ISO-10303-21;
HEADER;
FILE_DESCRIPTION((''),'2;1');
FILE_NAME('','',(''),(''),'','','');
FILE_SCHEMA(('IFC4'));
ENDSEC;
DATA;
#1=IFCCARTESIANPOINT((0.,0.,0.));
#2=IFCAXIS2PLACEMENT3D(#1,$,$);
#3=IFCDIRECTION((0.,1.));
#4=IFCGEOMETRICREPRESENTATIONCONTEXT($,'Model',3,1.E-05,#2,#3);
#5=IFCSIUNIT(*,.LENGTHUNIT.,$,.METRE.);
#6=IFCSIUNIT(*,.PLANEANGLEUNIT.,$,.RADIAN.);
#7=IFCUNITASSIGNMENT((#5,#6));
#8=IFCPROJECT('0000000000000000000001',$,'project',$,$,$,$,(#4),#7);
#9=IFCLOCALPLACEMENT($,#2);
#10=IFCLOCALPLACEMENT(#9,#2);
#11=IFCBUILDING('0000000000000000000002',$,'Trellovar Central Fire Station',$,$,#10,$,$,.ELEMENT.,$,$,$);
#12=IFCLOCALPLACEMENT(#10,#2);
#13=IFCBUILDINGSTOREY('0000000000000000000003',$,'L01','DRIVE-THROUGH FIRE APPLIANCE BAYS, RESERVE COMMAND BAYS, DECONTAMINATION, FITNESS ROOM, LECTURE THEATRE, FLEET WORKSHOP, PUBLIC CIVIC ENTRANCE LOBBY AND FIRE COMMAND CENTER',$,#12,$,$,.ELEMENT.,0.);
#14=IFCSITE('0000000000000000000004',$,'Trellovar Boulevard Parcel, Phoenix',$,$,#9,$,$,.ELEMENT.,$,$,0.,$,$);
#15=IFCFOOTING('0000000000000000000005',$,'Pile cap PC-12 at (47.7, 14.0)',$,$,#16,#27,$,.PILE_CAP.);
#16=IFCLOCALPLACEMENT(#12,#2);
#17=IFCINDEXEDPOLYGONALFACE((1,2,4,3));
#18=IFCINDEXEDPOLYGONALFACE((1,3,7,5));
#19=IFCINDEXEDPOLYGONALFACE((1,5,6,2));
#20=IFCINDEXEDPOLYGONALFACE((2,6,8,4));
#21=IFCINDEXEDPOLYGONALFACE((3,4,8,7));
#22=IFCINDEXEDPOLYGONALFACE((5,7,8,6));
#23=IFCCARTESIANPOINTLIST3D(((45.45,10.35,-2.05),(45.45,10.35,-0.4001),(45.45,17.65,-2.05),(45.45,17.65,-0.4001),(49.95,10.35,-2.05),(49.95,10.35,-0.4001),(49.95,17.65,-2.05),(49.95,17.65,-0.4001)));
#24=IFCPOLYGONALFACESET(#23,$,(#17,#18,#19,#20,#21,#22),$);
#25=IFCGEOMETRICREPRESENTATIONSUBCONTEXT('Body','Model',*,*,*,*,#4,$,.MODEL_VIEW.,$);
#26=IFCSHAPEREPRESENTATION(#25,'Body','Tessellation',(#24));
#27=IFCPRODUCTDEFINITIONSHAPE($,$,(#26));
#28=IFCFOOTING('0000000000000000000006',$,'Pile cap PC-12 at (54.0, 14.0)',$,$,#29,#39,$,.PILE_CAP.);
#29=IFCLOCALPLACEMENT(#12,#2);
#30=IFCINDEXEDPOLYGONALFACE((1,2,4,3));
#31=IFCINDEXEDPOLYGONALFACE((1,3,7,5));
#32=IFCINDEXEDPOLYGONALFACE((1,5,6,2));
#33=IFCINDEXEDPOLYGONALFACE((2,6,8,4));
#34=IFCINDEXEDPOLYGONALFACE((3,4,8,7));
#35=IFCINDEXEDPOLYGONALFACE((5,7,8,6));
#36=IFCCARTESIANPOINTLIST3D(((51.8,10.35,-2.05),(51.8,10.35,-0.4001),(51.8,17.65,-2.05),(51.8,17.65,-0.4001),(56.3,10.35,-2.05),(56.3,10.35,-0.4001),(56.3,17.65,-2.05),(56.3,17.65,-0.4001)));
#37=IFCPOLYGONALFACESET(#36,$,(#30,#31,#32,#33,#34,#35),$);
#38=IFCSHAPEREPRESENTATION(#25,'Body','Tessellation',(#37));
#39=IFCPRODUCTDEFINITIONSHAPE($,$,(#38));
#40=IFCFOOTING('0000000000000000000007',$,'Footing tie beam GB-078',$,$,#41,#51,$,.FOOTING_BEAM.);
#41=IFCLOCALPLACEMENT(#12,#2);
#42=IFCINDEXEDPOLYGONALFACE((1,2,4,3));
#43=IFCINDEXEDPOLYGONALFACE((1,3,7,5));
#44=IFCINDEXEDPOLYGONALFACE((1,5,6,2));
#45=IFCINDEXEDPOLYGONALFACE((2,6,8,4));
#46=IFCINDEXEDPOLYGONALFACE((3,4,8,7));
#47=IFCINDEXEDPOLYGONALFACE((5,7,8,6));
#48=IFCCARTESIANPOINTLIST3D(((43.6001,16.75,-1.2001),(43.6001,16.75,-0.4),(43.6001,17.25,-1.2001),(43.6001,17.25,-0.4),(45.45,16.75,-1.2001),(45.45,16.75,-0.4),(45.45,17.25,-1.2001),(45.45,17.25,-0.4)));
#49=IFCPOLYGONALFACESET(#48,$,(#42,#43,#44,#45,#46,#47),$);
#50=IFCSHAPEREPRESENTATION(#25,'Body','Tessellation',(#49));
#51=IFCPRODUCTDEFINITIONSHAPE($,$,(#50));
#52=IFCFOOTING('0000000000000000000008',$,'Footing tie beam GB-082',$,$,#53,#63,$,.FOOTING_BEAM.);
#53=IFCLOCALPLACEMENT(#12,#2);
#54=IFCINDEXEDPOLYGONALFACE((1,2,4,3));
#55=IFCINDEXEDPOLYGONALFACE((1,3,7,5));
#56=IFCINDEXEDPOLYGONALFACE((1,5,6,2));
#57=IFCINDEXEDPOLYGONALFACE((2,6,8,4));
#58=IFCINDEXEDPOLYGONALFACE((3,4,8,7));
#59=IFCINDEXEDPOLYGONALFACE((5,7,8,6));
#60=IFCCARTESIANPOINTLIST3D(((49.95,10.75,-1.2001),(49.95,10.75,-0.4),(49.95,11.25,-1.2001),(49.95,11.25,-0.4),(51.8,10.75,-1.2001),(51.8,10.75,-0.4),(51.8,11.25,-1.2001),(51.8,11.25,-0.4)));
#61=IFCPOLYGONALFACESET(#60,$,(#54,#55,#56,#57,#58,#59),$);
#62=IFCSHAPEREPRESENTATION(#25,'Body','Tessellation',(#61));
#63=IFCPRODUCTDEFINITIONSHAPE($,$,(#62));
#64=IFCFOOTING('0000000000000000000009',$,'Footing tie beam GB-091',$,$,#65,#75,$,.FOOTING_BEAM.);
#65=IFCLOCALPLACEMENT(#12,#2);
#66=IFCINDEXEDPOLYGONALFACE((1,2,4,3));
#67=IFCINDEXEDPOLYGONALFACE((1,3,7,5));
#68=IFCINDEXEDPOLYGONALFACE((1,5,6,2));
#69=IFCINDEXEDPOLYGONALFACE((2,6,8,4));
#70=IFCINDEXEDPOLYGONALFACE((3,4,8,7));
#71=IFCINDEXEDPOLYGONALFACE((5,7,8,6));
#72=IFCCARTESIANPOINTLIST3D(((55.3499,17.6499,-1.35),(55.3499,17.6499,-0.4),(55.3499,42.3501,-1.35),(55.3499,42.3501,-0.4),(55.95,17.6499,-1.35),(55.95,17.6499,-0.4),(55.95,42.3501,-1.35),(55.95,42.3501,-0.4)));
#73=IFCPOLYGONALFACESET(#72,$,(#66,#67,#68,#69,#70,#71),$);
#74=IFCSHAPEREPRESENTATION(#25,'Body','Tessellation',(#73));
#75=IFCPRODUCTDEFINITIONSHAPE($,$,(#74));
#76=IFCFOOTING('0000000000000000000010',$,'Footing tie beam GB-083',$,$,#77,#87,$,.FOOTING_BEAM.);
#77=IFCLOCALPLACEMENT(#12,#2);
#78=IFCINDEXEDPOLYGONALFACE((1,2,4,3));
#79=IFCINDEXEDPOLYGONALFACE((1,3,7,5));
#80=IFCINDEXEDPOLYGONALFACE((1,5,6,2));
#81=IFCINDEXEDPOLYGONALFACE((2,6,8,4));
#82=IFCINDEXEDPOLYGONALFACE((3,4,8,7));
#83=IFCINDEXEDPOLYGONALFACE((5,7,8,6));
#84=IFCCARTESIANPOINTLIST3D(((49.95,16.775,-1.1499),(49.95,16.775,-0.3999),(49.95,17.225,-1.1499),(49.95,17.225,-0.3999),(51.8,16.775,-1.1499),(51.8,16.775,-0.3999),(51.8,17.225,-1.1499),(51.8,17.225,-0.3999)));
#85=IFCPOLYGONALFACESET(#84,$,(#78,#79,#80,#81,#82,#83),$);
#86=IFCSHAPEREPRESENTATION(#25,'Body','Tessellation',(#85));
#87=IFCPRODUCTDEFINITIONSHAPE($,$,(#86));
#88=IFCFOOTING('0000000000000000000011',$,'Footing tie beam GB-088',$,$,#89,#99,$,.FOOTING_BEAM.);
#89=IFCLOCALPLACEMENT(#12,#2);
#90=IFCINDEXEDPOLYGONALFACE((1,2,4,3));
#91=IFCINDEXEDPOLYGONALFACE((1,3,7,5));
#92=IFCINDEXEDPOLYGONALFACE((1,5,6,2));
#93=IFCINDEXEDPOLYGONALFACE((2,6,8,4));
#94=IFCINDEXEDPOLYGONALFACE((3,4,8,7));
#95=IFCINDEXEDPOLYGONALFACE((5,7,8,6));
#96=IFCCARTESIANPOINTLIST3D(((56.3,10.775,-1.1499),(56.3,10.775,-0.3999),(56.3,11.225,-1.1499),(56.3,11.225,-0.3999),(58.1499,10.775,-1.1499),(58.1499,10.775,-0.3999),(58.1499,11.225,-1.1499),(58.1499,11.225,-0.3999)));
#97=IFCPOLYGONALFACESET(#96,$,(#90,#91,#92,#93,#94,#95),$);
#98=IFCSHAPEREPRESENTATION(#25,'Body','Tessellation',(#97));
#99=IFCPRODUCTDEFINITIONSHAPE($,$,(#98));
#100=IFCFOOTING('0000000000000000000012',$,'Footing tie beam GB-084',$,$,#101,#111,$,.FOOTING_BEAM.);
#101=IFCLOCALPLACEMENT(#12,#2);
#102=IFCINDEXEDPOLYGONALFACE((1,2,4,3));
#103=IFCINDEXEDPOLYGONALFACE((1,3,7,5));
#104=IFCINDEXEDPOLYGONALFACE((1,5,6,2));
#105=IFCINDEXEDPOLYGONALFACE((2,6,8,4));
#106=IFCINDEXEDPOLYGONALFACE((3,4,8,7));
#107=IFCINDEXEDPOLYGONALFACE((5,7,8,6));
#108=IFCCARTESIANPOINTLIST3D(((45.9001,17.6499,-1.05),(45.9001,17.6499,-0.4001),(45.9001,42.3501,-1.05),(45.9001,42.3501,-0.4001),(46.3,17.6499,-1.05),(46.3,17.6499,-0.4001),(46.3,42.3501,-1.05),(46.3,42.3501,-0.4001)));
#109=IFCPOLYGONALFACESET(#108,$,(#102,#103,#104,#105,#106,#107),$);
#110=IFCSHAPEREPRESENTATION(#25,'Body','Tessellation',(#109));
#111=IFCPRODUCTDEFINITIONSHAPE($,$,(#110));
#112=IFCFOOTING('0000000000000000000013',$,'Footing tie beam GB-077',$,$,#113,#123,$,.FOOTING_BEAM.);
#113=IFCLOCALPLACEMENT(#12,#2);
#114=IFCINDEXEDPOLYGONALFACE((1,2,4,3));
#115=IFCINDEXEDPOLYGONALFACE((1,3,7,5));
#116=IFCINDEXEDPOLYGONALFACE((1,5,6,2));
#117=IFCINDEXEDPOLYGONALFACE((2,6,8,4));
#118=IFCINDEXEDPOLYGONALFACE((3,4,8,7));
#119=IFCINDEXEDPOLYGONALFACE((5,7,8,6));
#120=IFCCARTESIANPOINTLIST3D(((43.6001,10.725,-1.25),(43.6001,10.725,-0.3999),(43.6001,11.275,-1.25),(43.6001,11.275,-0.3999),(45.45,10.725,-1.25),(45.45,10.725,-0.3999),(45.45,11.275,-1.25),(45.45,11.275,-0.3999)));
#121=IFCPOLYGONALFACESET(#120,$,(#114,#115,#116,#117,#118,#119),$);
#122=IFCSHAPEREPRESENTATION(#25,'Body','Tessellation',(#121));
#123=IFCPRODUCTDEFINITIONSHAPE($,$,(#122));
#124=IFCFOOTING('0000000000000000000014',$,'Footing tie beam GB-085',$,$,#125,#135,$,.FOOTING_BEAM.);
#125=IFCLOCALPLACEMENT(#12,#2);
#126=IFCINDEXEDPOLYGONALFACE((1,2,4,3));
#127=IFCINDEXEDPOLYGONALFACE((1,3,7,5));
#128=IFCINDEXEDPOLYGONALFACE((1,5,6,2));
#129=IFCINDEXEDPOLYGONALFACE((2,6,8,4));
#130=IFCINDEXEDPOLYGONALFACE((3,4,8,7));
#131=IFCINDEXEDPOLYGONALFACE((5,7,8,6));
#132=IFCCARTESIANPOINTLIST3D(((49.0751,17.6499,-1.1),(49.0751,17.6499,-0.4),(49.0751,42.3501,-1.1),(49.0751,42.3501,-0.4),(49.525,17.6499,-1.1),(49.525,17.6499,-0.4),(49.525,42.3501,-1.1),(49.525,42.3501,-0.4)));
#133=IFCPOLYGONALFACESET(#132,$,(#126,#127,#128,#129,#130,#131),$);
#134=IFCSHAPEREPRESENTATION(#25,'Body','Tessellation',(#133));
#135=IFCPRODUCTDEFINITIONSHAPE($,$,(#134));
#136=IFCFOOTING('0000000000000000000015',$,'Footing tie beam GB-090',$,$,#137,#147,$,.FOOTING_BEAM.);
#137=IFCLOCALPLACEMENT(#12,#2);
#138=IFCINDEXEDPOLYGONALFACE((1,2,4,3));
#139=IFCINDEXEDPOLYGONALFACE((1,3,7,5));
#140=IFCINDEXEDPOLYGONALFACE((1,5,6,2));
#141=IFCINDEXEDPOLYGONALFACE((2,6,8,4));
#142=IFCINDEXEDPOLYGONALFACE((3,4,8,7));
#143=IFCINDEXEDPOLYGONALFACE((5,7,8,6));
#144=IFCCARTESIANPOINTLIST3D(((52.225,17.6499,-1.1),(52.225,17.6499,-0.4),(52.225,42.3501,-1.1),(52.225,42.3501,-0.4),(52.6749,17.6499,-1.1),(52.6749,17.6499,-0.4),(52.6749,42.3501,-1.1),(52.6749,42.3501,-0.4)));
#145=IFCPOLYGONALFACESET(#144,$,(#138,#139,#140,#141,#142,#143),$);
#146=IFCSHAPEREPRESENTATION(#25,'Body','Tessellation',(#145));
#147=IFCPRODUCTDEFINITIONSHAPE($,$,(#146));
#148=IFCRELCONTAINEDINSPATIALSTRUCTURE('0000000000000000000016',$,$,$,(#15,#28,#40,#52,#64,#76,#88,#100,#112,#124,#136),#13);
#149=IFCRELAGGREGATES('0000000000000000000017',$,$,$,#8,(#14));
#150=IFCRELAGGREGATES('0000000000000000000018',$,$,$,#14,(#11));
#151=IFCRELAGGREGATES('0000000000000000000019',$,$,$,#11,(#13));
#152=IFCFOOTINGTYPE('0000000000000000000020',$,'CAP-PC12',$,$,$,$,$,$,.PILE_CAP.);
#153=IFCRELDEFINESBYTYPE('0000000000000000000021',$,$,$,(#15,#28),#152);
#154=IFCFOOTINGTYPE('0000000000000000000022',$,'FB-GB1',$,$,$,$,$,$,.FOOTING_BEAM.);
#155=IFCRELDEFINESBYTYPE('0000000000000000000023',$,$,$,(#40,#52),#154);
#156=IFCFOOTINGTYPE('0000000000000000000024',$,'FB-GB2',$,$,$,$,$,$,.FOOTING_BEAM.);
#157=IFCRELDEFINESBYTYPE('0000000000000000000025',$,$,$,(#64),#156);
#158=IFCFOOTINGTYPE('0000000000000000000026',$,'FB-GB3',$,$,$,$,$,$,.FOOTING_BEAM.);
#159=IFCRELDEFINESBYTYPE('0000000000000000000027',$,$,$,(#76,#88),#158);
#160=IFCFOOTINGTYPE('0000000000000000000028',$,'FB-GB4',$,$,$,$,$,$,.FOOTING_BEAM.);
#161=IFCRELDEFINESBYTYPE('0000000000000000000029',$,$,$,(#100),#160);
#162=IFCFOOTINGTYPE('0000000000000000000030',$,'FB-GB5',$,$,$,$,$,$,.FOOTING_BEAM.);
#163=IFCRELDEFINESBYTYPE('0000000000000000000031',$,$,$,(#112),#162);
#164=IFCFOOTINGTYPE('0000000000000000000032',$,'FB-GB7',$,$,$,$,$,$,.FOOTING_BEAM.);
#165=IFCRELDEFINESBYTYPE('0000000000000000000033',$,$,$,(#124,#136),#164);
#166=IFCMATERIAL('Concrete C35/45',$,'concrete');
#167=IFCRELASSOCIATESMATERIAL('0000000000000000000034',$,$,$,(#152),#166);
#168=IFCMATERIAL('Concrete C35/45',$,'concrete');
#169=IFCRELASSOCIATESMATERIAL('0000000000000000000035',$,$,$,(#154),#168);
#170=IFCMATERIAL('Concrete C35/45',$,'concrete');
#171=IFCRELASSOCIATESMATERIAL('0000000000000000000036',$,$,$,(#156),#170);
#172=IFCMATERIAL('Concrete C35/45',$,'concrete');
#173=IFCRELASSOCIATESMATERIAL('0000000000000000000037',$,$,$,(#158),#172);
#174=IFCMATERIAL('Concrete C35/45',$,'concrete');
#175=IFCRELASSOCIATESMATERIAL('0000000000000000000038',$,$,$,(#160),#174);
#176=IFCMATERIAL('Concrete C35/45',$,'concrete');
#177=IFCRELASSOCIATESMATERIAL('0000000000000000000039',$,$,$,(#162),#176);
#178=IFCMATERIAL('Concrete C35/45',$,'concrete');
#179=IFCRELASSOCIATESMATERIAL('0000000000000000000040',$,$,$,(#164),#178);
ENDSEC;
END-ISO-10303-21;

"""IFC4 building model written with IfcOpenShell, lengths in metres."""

from ifc_helpers import new_model, si_unit, direction, frame, origin, origin_2d, place, context, subcontext, project, spatial, rectangle, extrude, material, material_profile, profile_set, type_object, element, save


model = new_model("IFC4")

# Units and contexts
model_context = context("Model", 3, precision=1e-05, world=origin(), true_north=direction((0.0, 1.0)))
body_context = subcontext(model_context, "Body", "Model", "MODEL_VIEW")
ifc_project = project(units=[si_unit("LENGTHUNIT", "METRE"), si_unit("PLANEANGLEUNIT", "RADIAN")], contexts=[model_context])

# Site, building, storey
site_placement = place(None, origin())
site = spatial("IfcSite", under=ifc_project, at=site_placement, Name="Trellovar Boulevard Parcel, Phoenix", CompositionType="ELEMENT", RefElevation=0.0)
building_placement = place(site_placement, origin())
building = spatial("IfcBuilding", under=site, at=building_placement, Name="Trellovar Central Fire Station", CompositionType="ELEMENT")
storey_placement = place(building_placement, origin())
storey = spatial("IfcBuildingStorey", under=building, at=storey_placement, Name="L01", Description="DRIVE-THROUGH FIRE APPLIANCE BAYS, RESERVE COMMAND BAYS, DECONTAMINATION, FITNESS ROOM, LECTURE THEATRE, FLEET WORKSHOP, PUBLIC CIVIC ENTRANCE LOBBY AND FIRE COMMAND CENTER", CompositionType="ELEMENT", Elevation=0.0)

# Footings
ifc_material_1 = material(Name="Concrete C35/45", Category="concrete")
footing_type_1 = type_object("IfcFootingType", Name="CAP-PC12", PredefinedType="PILE_CAP", material=ifc_material_1)
for number, where, z_axis, x_axis, name in (
    (1, (47.7, 14.0, -2.05), (0.0, 0.0, 1.0), (1.0, 0.0, 0.0), "Pile cap PC-12 at (47.7, 14.0)"),
    (2, (54.05, 14.0, -2.05), (0.0, 0.0, 1.0), (1.0, 0.0, 0.0), "Pile cap PC-12 at (54.0, 14.0)"),
):
    element("IfcFooting", number, at=place(storey_placement, frame(where, z_axis=z_axis, x_axis=x_axis)), inside=storey, type_object=footing_type_1, Name=name, PredefinedType="PILE_CAP", context=body_context, shape_type="SweptSolid", body=[
        extrude(rectangle(XDim=4.5, YDim=7.3, at=origin_2d()), origin(), (0.0, 0.0, 1.0), 1.6499),
    ])
ifc_material_2 = material(Name="Concrete C35/45", Category="concrete")
ifc_material_profile_1 = material_profile(ifc_material_2, rectangle(XDim=0.5, YDim=0.8, at=origin_2d()), Name="RC500X800")
ifc_profile_set_1 = profile_set([ifc_material_profile_1], Name="Concrete C35/45")
footing_type_2 = type_object("IfcFootingType", Name="FB-GB1", PredefinedType="FOOTING_BEAM", material=ifc_profile_set_1)
footing_1_placement = place(storey_placement, frame((43.6001, 17.0, -0.8), z_axis=(1.0, 0.0, 0.0), x_axis=(0.0, 1.0, 0.0)))
element("IfcFooting", 3, at=footing_1_placement, inside=storey, type_object=footing_type_2, Name="Footing tie beam GB-078", PredefinedType="FOOTING_BEAM", context=body_context, shape_type="SweptSolid", body=[
    extrude(rectangle(XDim=0.5, YDim=0.8, at=origin_2d()), origin(), (0.0, 0.0, 1.0), 1.8499),
])
footing_2_placement = place(storey_placement, frame((49.95, 11.0, -0.8), z_axis=(1.0, 0.0, 0.0), x_axis=(0.0, 1.0, 0.0)))
element("IfcFooting", 4, at=footing_2_placement, inside=storey, type_object=footing_type_2, Name="Footing tie beam GB-082", PredefinedType="FOOTING_BEAM", context=body_context, shape_type="SweptSolid", body=[
    extrude(rectangle(XDim=0.5, YDim=0.8, at=origin_2d()), origin(), (0.0, 0.0, 1.0), 1.8501),
])
ifc_material_3 = material(Name="Concrete C35/45", Category="concrete")
ifc_material_profile_2 = material_profile(ifc_material_3, rectangle(XDim=0.6001, YDim=0.95, at=origin_2d()), Name="RC600X950")
ifc_profile_set_2 = profile_set([ifc_material_profile_2], Name="Concrete C35/45")
footing_type_3 = type_object("IfcFootingType", Name="FB-GB2", PredefinedType="FOOTING_BEAM", material=ifc_profile_set_2)
footing_3_placement = place(storey_placement, frame((55.6499, 17.6499, -0.875), z_axis=(0.0, 1.0, 0.0), x_axis=(-1.0, 0.0, 0.0)))
element("IfcFooting", 5, at=footing_3_placement, inside=storey, type_object=footing_type_3, Name="Footing tie beam GB-091", PredefinedType="FOOTING_BEAM", context=body_context, shape_type="SweptSolid", body=[
    extrude(rectangle(XDim=0.6001, YDim=0.95, at=origin_2d()), origin(), (0.0, 0.0, 1.0), 24.7002),
])
ifc_material_4 = material(Name="Concrete C35/45", Category="concrete")
ifc_material_profile_3 = material_profile(ifc_material_4, rectangle(XDim=0.45, YDim=0.75, at=origin_2d()), Name="RC450X750")
ifc_profile_set_3 = profile_set([ifc_material_profile_3], Name="Concrete C35/45")
footing_type_4 = type_object("IfcFootingType", Name="FB-GB3", PredefinedType="FOOTING_BEAM", material=ifc_profile_set_3)
footing_4_placement = place(storey_placement, frame((49.95, 17.0, -0.7749), z_axis=(1.0, 0.0, 0.0), x_axis=(0.0, 1.0, 0.0)))
element("IfcFooting", 6, at=footing_4_placement, inside=storey, type_object=footing_type_4, Name="Footing tie beam GB-083", PredefinedType="FOOTING_BEAM", context=body_context, shape_type="SweptSolid", body=[
    extrude(rectangle(XDim=0.45, YDim=0.75, at=origin_2d()), origin(), (0.0, 0.0, 1.0), 1.8501),
])
footing_5_placement = place(storey_placement, frame((56.3, 11.0, -0.7749), z_axis=(1.0, 0.0, 0.0), x_axis=(0.0, 1.0, 0.0)))
element("IfcFooting", 7, at=footing_5_placement, inside=storey, type_object=footing_type_4, Name="Footing tie beam GB-088", PredefinedType="FOOTING_BEAM", context=body_context, shape_type="SweptSolid", body=[
    extrude(rectangle(XDim=0.45, YDim=0.75, at=origin_2d()), origin(), (0.0, 0.0, 1.0), 1.8499),
])
ifc_material_5 = material(Name="Concrete C35/45", Category="concrete")
ifc_material_profile_4 = material_profile(ifc_material_5, rectangle(XDim=0.3999, YDim=0.6499, at=origin_2d()), Name="RC400X650")
ifc_profile_set_4 = profile_set([ifc_material_profile_4], Name="Concrete C35/45")
footing_type_5 = type_object("IfcFootingType", Name="FB-GB4", PredefinedType="FOOTING_BEAM", material=ifc_profile_set_4)
footing_6_placement = place(storey_placement, frame((46.1001, 17.6499, -0.7251), z_axis=(0.0, 1.0, 0.0), x_axis=(-1.0, 0.0, 0.0)))
element("IfcFooting", 8, at=footing_6_placement, inside=storey, type_object=footing_type_5, Name="Footing tie beam GB-084", PredefinedType="FOOTING_BEAM", context=body_context, shape_type="SweptSolid", body=[
    extrude(rectangle(XDim=0.3999, YDim=0.6499, at=origin_2d()), origin(), (0.0, 0.0, 1.0), 24.7002),
])
ifc_material_6 = material(Name="Concrete C35/45", Category="concrete")
ifc_material_profile_5 = material_profile(ifc_material_6, rectangle(XDim=0.55, YDim=0.8501, at=origin_2d()), Name="RC550X850")
ifc_profile_set_5 = profile_set([ifc_material_profile_5], Name="Concrete C35/45")
footing_type_6 = type_object("IfcFootingType", Name="FB-GB5", PredefinedType="FOOTING_BEAM", material=ifc_profile_set_5)
footing_7_placement = place(storey_placement, frame((43.6001, 11.0, -0.825), z_axis=(1.0, 0.0, 0.0), x_axis=(0.0, 1.0, 0.0)))
element("IfcFooting", 9, at=footing_7_placement, inside=storey, type_object=footing_type_6, Name="Footing tie beam GB-077", PredefinedType="FOOTING_BEAM", context=body_context, shape_type="SweptSolid", body=[
    extrude(rectangle(XDim=0.55, YDim=0.8501, at=origin_2d()), origin(), (0.0, 0.0, 1.0), 1.8499),
])
ifc_material_7 = material(Name="Concrete C35/45", Category="concrete")
ifc_material_profile_6 = material_profile(ifc_material_7, rectangle(XDim=0.45, YDim=0.7, at=origin_2d()), Name="RC450X700")
ifc_profile_set_6 = profile_set([ifc_material_profile_6], Name="Concrete C35/45")
footing_type_7 = type_object("IfcFootingType", Name="FB-GB7", PredefinedType="FOOTING_BEAM", material=ifc_profile_set_6)
for number, where, z_axis, x_axis, name in (
    (10, (49.3, 17.6499, -0.75), (0.0, 1.0, 0.0), (-1.0, 0.0, 0.0), "Footing tie beam GB-085"),
    (11, (52.45, 17.6499, -0.75), (0.0, 1.0, 0.0), (-1.0, 0.0, 0.0), "Footing tie beam GB-090"),
):
    element("IfcFooting", number, at=place(storey_placement, frame(where, z_axis=z_axis, x_axis=x_axis)), inside=storey, type_object=footing_type_7, Name=name, PredefinedType="FOOTING_BEAM", context=body_context, shape_type="SweptSolid", body=[
        extrude(rectangle(XDim=0.45, YDim=0.7, at=origin_2d()), origin(), (0.0, 0.0, 1.0), 24.7002),
    ])

save(model, "model.ifc")
